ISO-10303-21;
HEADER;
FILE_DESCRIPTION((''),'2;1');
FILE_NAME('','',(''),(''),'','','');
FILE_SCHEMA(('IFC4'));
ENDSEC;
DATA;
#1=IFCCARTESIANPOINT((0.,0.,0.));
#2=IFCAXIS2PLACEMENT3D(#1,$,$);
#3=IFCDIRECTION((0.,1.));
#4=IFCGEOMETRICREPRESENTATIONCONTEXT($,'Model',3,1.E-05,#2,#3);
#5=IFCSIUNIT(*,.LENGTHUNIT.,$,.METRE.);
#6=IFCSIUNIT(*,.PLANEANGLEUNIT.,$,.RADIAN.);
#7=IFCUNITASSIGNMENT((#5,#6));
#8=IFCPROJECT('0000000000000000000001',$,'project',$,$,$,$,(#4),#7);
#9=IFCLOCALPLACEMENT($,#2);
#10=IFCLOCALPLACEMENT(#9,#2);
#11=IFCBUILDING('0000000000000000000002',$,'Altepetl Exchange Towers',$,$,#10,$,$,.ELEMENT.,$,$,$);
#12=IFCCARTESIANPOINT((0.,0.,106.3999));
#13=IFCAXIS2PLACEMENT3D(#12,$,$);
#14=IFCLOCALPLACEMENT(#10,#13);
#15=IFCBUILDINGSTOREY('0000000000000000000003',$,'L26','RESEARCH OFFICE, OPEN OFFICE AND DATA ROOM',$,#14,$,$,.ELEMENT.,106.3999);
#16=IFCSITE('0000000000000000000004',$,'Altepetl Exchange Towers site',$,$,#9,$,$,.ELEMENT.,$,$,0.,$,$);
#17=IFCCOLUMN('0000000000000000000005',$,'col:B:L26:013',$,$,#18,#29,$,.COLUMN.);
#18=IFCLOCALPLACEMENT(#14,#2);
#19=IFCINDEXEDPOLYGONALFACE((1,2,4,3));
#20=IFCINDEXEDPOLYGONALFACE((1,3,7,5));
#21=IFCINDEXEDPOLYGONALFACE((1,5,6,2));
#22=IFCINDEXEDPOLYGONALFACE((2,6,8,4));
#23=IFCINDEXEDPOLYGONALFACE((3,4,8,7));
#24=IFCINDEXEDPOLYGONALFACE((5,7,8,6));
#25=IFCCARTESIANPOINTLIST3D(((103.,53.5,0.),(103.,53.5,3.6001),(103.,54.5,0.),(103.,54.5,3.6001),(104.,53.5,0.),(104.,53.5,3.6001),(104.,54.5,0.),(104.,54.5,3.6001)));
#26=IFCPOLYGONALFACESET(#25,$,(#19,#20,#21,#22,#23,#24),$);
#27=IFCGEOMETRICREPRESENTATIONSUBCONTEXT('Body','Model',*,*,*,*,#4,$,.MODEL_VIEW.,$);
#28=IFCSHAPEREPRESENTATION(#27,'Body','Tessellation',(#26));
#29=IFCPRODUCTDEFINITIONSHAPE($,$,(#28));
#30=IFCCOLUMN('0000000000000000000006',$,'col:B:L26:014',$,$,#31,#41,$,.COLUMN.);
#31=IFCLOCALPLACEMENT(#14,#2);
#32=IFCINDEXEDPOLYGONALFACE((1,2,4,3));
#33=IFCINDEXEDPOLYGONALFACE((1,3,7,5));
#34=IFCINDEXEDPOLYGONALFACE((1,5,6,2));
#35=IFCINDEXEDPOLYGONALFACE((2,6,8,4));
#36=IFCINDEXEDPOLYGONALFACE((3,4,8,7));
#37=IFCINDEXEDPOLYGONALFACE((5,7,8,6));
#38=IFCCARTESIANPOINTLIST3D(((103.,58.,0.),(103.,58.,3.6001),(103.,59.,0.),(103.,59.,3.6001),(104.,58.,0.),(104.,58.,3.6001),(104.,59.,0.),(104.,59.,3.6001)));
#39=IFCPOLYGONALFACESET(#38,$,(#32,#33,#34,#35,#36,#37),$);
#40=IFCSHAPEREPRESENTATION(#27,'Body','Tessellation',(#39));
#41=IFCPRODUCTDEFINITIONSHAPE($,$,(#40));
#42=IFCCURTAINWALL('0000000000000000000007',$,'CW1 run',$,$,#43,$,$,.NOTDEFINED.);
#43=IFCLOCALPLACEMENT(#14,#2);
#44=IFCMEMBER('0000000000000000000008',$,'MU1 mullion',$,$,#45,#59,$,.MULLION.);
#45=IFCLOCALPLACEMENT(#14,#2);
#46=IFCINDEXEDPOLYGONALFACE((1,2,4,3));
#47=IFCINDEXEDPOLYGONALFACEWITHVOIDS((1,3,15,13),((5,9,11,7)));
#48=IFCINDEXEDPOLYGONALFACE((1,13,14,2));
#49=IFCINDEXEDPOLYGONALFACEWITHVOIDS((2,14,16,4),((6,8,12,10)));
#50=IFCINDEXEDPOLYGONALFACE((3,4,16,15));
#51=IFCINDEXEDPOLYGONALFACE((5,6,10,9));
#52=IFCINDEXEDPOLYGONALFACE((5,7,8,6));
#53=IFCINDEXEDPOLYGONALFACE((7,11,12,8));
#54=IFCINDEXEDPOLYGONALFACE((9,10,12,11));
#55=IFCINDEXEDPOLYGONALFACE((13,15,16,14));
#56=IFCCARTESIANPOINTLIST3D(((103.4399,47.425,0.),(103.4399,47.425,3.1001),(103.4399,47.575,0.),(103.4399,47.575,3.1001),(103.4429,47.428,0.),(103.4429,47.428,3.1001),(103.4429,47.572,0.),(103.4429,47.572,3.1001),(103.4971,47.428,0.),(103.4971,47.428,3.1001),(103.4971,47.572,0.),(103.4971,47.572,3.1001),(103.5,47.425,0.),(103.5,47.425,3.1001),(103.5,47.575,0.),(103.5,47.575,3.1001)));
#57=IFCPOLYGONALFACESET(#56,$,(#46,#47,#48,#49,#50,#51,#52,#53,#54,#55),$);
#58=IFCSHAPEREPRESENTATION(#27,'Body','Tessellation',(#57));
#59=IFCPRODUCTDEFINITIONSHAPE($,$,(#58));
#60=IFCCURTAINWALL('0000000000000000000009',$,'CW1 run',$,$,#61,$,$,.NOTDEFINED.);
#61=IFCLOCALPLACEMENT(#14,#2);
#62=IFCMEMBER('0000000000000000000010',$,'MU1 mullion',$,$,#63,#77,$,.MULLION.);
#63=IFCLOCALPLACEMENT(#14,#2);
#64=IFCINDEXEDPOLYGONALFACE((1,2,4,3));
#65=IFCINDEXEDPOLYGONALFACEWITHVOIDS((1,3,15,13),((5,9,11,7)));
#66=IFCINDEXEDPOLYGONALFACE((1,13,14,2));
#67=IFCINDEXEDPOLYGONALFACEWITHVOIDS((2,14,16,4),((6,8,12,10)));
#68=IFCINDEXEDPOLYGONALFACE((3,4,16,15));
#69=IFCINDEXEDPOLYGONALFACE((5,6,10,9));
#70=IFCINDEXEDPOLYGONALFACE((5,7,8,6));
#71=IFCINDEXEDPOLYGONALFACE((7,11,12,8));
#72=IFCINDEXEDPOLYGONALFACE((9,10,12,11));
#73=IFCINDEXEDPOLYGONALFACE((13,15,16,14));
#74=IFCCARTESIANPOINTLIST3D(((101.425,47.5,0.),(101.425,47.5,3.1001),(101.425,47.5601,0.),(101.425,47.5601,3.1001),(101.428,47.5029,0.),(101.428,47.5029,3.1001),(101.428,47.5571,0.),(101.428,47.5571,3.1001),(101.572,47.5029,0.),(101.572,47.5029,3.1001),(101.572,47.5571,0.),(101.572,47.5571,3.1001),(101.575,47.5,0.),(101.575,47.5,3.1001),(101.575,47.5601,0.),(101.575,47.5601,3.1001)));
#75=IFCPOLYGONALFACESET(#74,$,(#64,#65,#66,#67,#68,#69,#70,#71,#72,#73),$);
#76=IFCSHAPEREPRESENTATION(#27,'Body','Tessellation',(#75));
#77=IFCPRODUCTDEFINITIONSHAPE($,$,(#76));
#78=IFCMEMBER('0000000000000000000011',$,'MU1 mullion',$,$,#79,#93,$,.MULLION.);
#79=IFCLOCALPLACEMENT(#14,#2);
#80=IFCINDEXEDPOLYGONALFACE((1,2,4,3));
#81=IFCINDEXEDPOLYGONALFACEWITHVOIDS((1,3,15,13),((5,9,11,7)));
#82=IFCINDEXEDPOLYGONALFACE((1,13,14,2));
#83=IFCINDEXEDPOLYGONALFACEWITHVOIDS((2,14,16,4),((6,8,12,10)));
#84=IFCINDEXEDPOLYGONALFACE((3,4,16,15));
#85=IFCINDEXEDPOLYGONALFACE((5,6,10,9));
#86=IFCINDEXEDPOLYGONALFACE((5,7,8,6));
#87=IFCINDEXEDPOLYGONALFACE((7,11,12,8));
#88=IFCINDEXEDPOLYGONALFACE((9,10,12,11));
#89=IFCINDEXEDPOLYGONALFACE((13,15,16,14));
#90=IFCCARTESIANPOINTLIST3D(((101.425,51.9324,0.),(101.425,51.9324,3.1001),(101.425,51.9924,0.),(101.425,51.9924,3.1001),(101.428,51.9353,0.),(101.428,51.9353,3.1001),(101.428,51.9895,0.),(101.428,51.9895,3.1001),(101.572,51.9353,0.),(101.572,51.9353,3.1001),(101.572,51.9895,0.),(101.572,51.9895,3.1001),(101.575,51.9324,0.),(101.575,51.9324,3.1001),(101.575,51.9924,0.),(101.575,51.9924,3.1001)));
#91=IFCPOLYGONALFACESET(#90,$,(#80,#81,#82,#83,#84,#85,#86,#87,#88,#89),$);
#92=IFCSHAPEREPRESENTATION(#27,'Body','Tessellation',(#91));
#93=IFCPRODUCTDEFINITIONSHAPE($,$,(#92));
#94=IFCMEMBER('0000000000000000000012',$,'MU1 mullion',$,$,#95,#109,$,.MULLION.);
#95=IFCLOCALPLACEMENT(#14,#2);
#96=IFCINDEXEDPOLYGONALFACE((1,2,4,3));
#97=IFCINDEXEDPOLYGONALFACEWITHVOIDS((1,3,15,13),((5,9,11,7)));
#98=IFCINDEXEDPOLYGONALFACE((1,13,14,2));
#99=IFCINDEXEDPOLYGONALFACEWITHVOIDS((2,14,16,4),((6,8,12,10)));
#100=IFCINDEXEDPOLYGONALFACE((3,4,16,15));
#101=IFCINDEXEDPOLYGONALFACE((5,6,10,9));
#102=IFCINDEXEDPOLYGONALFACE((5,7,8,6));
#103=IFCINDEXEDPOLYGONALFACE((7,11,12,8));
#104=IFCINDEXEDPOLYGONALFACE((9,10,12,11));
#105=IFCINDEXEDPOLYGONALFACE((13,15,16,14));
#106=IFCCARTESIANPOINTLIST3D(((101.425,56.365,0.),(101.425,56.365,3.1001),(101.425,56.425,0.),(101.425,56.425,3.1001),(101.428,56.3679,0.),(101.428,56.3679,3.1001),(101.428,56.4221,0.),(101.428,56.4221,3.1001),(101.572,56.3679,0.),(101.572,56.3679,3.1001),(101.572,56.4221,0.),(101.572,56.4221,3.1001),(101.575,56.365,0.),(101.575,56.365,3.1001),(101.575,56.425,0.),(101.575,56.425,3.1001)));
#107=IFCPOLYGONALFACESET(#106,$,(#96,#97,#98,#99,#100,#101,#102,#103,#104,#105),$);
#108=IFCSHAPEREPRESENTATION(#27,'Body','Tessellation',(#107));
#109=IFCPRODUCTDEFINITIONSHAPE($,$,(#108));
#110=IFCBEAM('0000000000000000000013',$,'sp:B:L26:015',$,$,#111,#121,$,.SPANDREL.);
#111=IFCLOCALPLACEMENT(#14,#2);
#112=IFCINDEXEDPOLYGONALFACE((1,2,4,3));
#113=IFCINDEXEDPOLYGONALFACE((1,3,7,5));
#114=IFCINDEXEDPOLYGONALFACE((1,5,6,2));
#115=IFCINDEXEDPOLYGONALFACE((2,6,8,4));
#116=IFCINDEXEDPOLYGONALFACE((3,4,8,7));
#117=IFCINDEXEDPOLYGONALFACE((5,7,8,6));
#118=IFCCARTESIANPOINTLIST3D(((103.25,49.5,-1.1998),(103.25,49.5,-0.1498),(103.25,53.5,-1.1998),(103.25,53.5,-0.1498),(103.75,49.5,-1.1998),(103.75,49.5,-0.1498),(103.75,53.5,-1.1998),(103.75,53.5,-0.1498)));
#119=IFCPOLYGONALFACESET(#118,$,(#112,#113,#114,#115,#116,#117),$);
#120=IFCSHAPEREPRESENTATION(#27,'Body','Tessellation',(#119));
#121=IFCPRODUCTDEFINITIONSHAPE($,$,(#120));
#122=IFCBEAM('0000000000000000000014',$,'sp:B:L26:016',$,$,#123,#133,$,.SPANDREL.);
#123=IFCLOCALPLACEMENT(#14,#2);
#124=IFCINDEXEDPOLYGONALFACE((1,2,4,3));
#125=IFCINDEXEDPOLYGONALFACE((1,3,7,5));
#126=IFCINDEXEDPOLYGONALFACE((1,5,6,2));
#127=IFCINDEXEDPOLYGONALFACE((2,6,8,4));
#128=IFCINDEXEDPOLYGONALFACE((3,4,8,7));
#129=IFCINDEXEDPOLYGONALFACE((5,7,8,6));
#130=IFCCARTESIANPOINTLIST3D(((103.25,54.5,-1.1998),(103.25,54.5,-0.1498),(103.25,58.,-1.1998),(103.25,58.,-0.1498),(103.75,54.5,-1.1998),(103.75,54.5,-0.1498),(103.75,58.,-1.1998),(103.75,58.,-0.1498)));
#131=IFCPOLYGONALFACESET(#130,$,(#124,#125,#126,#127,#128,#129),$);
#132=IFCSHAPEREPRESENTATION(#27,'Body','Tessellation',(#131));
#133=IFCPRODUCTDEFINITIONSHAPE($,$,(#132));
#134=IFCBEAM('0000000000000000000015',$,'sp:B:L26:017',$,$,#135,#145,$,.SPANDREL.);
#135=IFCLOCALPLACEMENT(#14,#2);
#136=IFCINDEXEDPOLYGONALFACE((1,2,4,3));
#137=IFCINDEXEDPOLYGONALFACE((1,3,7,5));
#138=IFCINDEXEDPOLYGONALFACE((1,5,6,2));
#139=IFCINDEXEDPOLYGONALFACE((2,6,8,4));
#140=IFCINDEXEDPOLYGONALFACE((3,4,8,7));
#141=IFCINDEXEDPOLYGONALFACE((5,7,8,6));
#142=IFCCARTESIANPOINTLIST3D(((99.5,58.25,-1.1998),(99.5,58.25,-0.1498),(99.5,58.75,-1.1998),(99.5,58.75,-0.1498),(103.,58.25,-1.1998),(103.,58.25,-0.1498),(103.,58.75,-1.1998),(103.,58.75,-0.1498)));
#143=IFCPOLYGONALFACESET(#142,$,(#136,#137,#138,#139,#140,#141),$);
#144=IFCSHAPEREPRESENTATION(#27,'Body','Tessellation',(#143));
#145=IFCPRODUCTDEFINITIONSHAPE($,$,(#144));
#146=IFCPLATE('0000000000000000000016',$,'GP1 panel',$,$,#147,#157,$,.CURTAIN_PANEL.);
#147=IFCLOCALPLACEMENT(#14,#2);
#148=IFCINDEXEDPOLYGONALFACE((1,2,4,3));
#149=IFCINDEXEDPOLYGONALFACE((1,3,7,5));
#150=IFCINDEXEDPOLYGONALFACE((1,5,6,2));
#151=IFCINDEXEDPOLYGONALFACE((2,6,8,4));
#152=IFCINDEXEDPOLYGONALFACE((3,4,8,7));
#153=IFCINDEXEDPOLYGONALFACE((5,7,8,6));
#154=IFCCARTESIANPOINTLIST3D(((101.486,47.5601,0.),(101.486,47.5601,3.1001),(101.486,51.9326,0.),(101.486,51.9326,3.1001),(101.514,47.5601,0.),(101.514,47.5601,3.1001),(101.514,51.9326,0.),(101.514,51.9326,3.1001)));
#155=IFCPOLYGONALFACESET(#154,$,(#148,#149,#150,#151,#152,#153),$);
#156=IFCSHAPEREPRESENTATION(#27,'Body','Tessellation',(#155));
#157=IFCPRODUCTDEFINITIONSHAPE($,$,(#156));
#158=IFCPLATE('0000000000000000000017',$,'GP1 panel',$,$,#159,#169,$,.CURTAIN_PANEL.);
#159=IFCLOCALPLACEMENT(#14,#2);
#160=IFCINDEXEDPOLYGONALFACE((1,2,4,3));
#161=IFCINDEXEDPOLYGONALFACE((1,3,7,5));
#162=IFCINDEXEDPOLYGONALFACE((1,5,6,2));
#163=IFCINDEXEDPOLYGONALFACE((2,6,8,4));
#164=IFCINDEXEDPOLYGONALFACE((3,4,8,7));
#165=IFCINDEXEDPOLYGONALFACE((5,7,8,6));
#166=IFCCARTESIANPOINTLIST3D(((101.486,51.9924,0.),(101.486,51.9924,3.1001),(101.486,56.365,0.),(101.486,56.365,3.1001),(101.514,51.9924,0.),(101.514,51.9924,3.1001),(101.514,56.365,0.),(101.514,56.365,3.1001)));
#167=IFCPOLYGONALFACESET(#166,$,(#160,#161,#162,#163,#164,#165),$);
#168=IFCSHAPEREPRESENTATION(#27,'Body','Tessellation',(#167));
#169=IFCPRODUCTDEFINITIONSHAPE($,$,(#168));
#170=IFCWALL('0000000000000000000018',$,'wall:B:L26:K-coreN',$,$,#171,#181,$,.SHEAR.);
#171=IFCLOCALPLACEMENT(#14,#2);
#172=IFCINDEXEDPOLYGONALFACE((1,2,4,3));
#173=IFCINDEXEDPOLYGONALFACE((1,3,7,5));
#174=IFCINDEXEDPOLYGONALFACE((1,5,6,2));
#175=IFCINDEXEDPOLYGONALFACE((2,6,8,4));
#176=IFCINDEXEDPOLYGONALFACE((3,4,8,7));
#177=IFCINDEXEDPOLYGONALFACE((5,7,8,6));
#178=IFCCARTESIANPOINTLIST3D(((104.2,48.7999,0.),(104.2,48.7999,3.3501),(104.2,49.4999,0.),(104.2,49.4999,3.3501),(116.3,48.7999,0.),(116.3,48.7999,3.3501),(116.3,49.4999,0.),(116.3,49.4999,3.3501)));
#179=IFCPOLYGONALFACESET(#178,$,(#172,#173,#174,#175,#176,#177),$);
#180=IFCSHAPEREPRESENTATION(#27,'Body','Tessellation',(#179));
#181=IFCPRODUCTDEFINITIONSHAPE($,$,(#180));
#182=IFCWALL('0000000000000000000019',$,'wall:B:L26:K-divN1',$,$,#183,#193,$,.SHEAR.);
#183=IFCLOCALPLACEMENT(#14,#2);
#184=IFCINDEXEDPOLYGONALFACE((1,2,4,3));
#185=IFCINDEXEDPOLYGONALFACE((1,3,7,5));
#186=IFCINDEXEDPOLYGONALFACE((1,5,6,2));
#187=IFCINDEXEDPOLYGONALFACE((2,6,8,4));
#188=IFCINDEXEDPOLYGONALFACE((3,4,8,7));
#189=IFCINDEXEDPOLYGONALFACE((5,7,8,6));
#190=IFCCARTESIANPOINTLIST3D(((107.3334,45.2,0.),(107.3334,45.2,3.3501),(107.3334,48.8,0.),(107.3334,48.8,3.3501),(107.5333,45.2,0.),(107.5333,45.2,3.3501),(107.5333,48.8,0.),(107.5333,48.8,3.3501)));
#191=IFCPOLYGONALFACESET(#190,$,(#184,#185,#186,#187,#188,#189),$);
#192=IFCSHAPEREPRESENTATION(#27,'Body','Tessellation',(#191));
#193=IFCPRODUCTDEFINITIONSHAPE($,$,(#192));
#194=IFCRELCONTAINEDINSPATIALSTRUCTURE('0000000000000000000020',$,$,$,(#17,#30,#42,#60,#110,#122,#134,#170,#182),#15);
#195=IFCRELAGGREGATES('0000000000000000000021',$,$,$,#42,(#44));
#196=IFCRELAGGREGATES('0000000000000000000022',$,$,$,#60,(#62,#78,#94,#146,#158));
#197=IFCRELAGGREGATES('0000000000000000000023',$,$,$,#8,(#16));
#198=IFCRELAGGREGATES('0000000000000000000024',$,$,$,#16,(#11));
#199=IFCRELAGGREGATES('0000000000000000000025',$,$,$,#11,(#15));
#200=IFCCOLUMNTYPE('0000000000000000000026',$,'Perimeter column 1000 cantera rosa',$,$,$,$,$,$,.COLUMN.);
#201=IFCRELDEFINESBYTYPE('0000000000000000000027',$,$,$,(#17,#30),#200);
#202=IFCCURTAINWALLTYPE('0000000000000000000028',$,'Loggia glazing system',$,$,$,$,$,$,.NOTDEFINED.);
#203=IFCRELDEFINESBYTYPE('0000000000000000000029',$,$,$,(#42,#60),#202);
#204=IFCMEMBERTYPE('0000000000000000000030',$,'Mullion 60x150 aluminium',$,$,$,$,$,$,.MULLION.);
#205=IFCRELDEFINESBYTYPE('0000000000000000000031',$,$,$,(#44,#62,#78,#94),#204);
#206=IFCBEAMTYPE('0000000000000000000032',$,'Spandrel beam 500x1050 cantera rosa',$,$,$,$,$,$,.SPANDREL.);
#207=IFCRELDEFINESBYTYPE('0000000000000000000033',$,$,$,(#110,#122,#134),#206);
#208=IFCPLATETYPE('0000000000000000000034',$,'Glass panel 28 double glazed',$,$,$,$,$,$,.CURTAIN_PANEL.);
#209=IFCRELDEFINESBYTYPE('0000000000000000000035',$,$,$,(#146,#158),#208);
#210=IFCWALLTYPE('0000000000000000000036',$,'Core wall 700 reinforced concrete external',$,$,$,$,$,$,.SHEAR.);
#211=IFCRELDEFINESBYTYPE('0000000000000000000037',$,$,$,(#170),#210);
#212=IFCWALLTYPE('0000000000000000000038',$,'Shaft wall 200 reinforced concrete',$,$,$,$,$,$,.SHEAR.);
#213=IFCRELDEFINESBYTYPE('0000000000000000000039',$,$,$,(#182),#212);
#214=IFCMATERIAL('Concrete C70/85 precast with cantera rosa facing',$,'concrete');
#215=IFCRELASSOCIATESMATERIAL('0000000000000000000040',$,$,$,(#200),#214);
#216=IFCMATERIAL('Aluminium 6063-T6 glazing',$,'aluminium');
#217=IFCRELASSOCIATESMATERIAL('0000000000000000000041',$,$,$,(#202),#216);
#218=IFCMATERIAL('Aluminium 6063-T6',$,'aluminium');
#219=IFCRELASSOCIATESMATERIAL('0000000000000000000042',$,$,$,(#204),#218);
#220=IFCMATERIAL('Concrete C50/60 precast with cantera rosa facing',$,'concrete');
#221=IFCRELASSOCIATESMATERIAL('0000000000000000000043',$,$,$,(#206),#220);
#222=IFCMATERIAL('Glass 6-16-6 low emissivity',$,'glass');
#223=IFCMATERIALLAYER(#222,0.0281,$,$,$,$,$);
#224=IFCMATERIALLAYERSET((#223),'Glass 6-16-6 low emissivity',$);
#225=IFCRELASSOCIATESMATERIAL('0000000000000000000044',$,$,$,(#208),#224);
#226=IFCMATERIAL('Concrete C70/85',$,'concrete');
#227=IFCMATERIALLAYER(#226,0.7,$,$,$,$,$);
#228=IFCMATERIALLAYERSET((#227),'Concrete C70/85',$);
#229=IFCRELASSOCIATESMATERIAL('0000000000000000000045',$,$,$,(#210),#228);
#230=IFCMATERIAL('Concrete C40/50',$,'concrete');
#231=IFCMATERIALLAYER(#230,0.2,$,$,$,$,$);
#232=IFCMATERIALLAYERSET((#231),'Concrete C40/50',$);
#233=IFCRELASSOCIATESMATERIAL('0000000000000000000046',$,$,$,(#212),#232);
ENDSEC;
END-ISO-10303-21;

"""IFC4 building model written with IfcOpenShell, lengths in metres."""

from ifc_helpers import new_model, si_unit, direction, frame, frame_2d, origin, origin_2d, place, context, subcontext, project, spatial, rectangle, hollow_rectangle, extrude, material, layer, layer_set, material_profile, profile_set, type_object, element, aggregate, save


model = new_model("IFC4")

# Units and contexts
model_context = context("Model", 3, precision=1e-05, world=origin(), true_north=direction((0.0, 1.0)))
body_context = subcontext(model_context, "Body", "Model", "MODEL_VIEW")
ifc_project = project(units=[si_unit("LENGTHUNIT", "METRE"), si_unit("PLANEANGLEUNIT", "RADIAN")], contexts=[model_context])

# Site, building, storey
site_placement = place(None, origin())
site = spatial("IfcSite", under=ifc_project, at=site_placement, Name="Altepetl Exchange Towers site", CompositionType="ELEMENT", RefElevation=0.0)
building_placement = place(site_placement, origin())
building = spatial("IfcBuilding", under=site, at=building_placement, Name="Altepetl Exchange Towers", CompositionType="ELEMENT")
storey_placement = place(building_placement, frame((0.0, 0.0, 106.3999)))
storey = spatial("IfcBuildingStorey", under=building, at=storey_placement, Name="L26", Description="RESEARCH OFFICE, OPEN OFFICE AND DATA ROOM", CompositionType="ELEMENT", Elevation=106.3999)

# Columns
ifc_material_1 = material(Name="Concrete C70/85 precast with cantera rosa facing", Category="concrete")
ifc_material_profile_1 = material_profile(ifc_material_1, rectangle(XDim=1.0, YDim=1.0, at=origin_2d()), Name="1000 x 1000")
ifc_profile_set_1 = profile_set([ifc_material_profile_1], Name="Concrete C70/85 precast with cantera rosa facing")
column_type = type_object("IfcColumnType", Name="Perimeter column 1000 cantera rosa", PredefinedType="COLUMN", material=ifc_profile_set_1)
for number, where, name in (
    (1, (103.5, 54.0, 0.0), "col:B:L26:013"),
    (2, (103.5, 58.5, 0.0), "col:B:L26:014"),
):
    element("IfcColumn", number, at=place(storey_placement, frame(where)), inside=storey, type_object=column_type, Name=name, PredefinedType="COLUMN", context=body_context, shape_type="SweptSolid", body=[
        extrude(rectangle(XDim=1.0, YDim=1.0, at=origin_2d()), origin(), (0.0, 0.0, 1.0), 3.6001),
    ])

# Curtain wall, member
ifc_material_2 = material(Name="Aluminium 6063-T6 glazing", Category="aluminium")
curtain_wall_type = type_object("IfcCurtainWallType", Name="Loggia glazing system", PredefinedType="NOTDEFINED", material=ifc_material_2)
curtain_wall_1_placement = place(storey_placement, origin())
curtain_wall_1 = element("IfcCurtainWall", 3, at=curtain_wall_1_placement, inside=storey, type_object=curtain_wall_type, Name="CW1 run", PredefinedType="NOTDEFINED")
ifc_material_3 = material(Name="Aluminium 6063-T6", Category="aluminium")
ifc_material_profile_2 = material_profile(ifc_material_3, hollow_rectangle(XDim=0.0601, YDim=0.1499, WallThickness=0.0029, at=origin_2d()), Name="Mullion 60x150 aluminium")
ifc_profile_set_2 = profile_set([ifc_material_profile_2], Name="Aluminium 6063-T6")
member_type = type_object("IfcMemberType", Name="Mullion 60x150 aluminium", PredefinedType="MULLION", material=ifc_profile_set_2)
member_1_placement = place(storey_placement, frame((103.47, 47.5, 0.0), z_axis=(0.0, 0.0, 1.0), x_axis=(-1.0, 0.0, 0.0)))
member_1 = element("IfcMember", 4, at=member_1_placement, type_object=member_type, Name="MU1 mullion", PredefinedType="MULLION", context=body_context, shape_type="SweptSolid", body=[
    extrude(hollow_rectangle(XDim=0.0601, YDim=0.1499, WallThickness=0.0029, at=origin_2d()), origin(), (0.0, 0.0, 1.0), 3.1001),
])
aggregate(curtain_wall_1, [member_1])

# Curtain wall, members
curtain_wall_2_placement = place(storey_placement, origin())
curtain_wall_2 = element("IfcCurtainWall", 5, at=curtain_wall_2_placement, inside=storey, type_object=curtain_wall_type, Name="CW1 run", PredefinedType="NOTDEFINED")
member_2_placement = place(storey_placement, frame((101.5, 47.53, 0.0), z_axis=(0.0, 0.0, 1.0), x_axis=(0.0, 1.0, 0.0)))
member_2 = element("IfcMember", 6, at=member_2_placement, type_object=member_type, Name="MU1 mullion", PredefinedType="MULLION", context=body_context, shape_type="SweptSolid", body=[
    extrude(hollow_rectangle(XDim=0.0601, YDim=0.1499, WallThickness=0.0029, at=origin_2d()), origin(), (0.0, 0.0, 1.0), 3.1001),
])
member_3_placement = place(storey_placement, frame((101.5, 51.9624, 0.0), z_axis=(0.0, 0.0, 1.0), x_axis=(0.0, 1.0, 0.0)))
member_3 = element("IfcMember", 7, at=member_3_placement, type_object=member_type, Name="MU1 mullion", PredefinedType="MULLION", context=body_context, shape_type="SweptSolid", body=[
    extrude(hollow_rectangle(XDim=0.0601, YDim=0.1499, WallThickness=0.0029, at=origin_2d()), origin(), (0.0, 0.0, 1.0), 3.1001),
])
member_4_placement = place(storey_placement, frame((101.5, 56.395, 0.0), z_axis=(0.0, 0.0, 1.0), x_axis=(0.0, 1.0, 0.0)))
member_4 = element("IfcMember", 8, at=member_4_placement, type_object=member_type, Name="MU1 mullion", PredefinedType="MULLION", context=body_context, shape_type="SweptSolid", body=[
    extrude(hollow_rectangle(XDim=0.0601, YDim=0.1499, WallThickness=0.0029, at=origin_2d()), origin(), (0.0, 0.0, 1.0), 3.1001),
])

# Beams
ifc_material_4 = material(Name="Concrete C50/60 precast with cantera rosa facing", Category="concrete")
ifc_material_profile_3 = material_profile(ifc_material_4, rectangle(XDim=0.5, YDim=1.05, at=origin_2d()), Name="500 x 1050")
ifc_profile_set_3 = profile_set([ifc_material_profile_3], Name="Concrete C50/60 precast with cantera rosa facing")
beam_type = type_object("IfcBeamType", Name="Spandrel beam 500x1050 cantera rosa", PredefinedType="SPANDREL", material=ifc_profile_set_3)
beam_placement = place(storey_placement, frame((103.5, 49.5, -0.6748), z_axis=(0.0, 1.0, 0.0), x_axis=(-1.0, 0.0, 0.0)))
element("IfcBeam", 9, at=beam_placement, inside=storey, type_object=beam_type, Name="sp:B:L26:015", PredefinedType="SPANDREL", context=body_context, shape_type="SweptSolid", body=[
    extrude(rectangle(XDim=0.5, YDim=1.05, at=origin_2d()), origin(), (0.0, 0.0, 1.0), 4.0),
])
for number, where, z_axis, x_axis, name in (
    (10, (103.5, 54.5, -0.6748), (0.0, 1.0, 0.0), (-1.0, 0.0, 0.0), "sp:B:L26:016"),
    (11, (103.0, 58.5, -0.6748), (-1.0, 0.0, 0.0), (0.0, -1.0, 0.0), "sp:B:L26:017"),
):
    element("IfcBeam", number, at=place(storey_placement, frame(where, z_axis=z_axis, x_axis=x_axis)), inside=storey, type_object=beam_type, Name=name, PredefinedType="SPANDREL", context=body_context, shape_type="SweptSolid", body=[
        extrude(rectangle(XDim=0.5, YDim=1.05, at=origin_2d()), origin(), (0.0, 0.0, 1.0), 3.5),
    ])

# Plates
ifc_material_5 = material(Name="Glass 6-16-6 low emissivity", Category="glass")
ifc_layer_1 = layer(ifc_material_5, 0.0281)
ifc_layer_set_1 = layer_set([ifc_layer_1], Name="Glass 6-16-6 low emissivity")
plate_type = type_object("IfcPlateType", Name="Glass panel 28 double glazed", PredefinedType="CURTAIN_PANEL", material=ifc_layer_set_1)
plate_1_placement = place(storey_placement, frame((101.5, 49.7463, 0.0), z_axis=(0.0, 0.0, 1.0), x_axis=(0.0, 1.0, 0.0)))
plate_1 = element("IfcPlate", 12, at=plate_1_placement, type_object=plate_type, Name="GP1 panel", PredefinedType="CURTAIN_PANEL", context=body_context, shape_type="SweptSolid", body=[
    extrude(rectangle(XDim=4.3726, YDim=0.0281, at=origin_2d()), origin(), (0.0, 0.0, 1.0), 3.1001),
])
plate_2_placement = place(storey_placement, frame((101.5, 54.1787, 0.0), z_axis=(0.0, 0.0, 1.0), x_axis=(0.0, 1.0, 0.0)))
plate_2 = element("IfcPlate", 13, at=plate_2_placement, type_object=plate_type, Name="GP1 panel", PredefinedType="CURTAIN_PANEL", context=body_context, shape_type="SweptSolid", body=[
    extrude(rectangle(XDim=4.3726, YDim=0.0281, at=origin_2d()), origin(), (0.0, 0.0, 1.0), 3.1001),
])
aggregate(curtain_wall_2, [member_2, member_3, member_4, plate_1, plate_2])

# Walls
ifc_material_6 = material(Name="Concrete C70/85", Category="concrete")
ifc_layer_2 = layer(ifc_material_6, 0.7)
ifc_layer_set_2 = layer_set([ifc_layer_2], Name="Concrete C70/85")
wall_type_1 = type_object("IfcWallType", Name="Core wall 700 reinforced concrete external", PredefinedType="SHEAR", material=ifc_layer_set_2)
wall_1_placement = place(storey_placement, frame((104.2, 49.1499, 0.0)))
element("IfcWall", 14, at=wall_1_placement, inside=storey, type_object=wall_type_1, Name="wall:B:L26:K-coreN", PredefinedType="SHEAR", context=body_context, shape_type="SweptSolid", body=[
    extrude(rectangle(XDim=12.1001, YDim=0.7, at=frame_2d((6.05, 0.0))), origin(), (0.0, 0.0, 1.0), 3.3501),
])
ifc_material_7 = material(Name="Concrete C40/50", Category="concrete")
ifc_layer_3 = layer(ifc_material_7, 0.2)
ifc_layer_set_3 = layer_set([ifc_layer_3], Name="Concrete C40/50")
wall_type_2 = type_object("IfcWallType", Name="Shaft wall 200 reinforced concrete", PredefinedType="SHEAR", material=ifc_layer_set_3)
wall_2_placement = place(storey_placement, frame((107.4333, 48.8, 0.0), z_axis=(0.0, 0.0, 1.0), x_axis=(0.0, -1.0, 0.0)))
element("IfcWall", 15, at=wall_2_placement, inside=storey, type_object=wall_type_2, Name="wall:B:L26:K-divN1", PredefinedType="SHEAR", context=body_context, shape_type="SweptSolid", body=[
    extrude(rectangle(XDim=3.6001, YDim=0.2, at=frame_2d((1.8, 0.0))), origin(), (0.0, 0.0, 1.0), 3.3501),
])

save(model, "model.ifc")
